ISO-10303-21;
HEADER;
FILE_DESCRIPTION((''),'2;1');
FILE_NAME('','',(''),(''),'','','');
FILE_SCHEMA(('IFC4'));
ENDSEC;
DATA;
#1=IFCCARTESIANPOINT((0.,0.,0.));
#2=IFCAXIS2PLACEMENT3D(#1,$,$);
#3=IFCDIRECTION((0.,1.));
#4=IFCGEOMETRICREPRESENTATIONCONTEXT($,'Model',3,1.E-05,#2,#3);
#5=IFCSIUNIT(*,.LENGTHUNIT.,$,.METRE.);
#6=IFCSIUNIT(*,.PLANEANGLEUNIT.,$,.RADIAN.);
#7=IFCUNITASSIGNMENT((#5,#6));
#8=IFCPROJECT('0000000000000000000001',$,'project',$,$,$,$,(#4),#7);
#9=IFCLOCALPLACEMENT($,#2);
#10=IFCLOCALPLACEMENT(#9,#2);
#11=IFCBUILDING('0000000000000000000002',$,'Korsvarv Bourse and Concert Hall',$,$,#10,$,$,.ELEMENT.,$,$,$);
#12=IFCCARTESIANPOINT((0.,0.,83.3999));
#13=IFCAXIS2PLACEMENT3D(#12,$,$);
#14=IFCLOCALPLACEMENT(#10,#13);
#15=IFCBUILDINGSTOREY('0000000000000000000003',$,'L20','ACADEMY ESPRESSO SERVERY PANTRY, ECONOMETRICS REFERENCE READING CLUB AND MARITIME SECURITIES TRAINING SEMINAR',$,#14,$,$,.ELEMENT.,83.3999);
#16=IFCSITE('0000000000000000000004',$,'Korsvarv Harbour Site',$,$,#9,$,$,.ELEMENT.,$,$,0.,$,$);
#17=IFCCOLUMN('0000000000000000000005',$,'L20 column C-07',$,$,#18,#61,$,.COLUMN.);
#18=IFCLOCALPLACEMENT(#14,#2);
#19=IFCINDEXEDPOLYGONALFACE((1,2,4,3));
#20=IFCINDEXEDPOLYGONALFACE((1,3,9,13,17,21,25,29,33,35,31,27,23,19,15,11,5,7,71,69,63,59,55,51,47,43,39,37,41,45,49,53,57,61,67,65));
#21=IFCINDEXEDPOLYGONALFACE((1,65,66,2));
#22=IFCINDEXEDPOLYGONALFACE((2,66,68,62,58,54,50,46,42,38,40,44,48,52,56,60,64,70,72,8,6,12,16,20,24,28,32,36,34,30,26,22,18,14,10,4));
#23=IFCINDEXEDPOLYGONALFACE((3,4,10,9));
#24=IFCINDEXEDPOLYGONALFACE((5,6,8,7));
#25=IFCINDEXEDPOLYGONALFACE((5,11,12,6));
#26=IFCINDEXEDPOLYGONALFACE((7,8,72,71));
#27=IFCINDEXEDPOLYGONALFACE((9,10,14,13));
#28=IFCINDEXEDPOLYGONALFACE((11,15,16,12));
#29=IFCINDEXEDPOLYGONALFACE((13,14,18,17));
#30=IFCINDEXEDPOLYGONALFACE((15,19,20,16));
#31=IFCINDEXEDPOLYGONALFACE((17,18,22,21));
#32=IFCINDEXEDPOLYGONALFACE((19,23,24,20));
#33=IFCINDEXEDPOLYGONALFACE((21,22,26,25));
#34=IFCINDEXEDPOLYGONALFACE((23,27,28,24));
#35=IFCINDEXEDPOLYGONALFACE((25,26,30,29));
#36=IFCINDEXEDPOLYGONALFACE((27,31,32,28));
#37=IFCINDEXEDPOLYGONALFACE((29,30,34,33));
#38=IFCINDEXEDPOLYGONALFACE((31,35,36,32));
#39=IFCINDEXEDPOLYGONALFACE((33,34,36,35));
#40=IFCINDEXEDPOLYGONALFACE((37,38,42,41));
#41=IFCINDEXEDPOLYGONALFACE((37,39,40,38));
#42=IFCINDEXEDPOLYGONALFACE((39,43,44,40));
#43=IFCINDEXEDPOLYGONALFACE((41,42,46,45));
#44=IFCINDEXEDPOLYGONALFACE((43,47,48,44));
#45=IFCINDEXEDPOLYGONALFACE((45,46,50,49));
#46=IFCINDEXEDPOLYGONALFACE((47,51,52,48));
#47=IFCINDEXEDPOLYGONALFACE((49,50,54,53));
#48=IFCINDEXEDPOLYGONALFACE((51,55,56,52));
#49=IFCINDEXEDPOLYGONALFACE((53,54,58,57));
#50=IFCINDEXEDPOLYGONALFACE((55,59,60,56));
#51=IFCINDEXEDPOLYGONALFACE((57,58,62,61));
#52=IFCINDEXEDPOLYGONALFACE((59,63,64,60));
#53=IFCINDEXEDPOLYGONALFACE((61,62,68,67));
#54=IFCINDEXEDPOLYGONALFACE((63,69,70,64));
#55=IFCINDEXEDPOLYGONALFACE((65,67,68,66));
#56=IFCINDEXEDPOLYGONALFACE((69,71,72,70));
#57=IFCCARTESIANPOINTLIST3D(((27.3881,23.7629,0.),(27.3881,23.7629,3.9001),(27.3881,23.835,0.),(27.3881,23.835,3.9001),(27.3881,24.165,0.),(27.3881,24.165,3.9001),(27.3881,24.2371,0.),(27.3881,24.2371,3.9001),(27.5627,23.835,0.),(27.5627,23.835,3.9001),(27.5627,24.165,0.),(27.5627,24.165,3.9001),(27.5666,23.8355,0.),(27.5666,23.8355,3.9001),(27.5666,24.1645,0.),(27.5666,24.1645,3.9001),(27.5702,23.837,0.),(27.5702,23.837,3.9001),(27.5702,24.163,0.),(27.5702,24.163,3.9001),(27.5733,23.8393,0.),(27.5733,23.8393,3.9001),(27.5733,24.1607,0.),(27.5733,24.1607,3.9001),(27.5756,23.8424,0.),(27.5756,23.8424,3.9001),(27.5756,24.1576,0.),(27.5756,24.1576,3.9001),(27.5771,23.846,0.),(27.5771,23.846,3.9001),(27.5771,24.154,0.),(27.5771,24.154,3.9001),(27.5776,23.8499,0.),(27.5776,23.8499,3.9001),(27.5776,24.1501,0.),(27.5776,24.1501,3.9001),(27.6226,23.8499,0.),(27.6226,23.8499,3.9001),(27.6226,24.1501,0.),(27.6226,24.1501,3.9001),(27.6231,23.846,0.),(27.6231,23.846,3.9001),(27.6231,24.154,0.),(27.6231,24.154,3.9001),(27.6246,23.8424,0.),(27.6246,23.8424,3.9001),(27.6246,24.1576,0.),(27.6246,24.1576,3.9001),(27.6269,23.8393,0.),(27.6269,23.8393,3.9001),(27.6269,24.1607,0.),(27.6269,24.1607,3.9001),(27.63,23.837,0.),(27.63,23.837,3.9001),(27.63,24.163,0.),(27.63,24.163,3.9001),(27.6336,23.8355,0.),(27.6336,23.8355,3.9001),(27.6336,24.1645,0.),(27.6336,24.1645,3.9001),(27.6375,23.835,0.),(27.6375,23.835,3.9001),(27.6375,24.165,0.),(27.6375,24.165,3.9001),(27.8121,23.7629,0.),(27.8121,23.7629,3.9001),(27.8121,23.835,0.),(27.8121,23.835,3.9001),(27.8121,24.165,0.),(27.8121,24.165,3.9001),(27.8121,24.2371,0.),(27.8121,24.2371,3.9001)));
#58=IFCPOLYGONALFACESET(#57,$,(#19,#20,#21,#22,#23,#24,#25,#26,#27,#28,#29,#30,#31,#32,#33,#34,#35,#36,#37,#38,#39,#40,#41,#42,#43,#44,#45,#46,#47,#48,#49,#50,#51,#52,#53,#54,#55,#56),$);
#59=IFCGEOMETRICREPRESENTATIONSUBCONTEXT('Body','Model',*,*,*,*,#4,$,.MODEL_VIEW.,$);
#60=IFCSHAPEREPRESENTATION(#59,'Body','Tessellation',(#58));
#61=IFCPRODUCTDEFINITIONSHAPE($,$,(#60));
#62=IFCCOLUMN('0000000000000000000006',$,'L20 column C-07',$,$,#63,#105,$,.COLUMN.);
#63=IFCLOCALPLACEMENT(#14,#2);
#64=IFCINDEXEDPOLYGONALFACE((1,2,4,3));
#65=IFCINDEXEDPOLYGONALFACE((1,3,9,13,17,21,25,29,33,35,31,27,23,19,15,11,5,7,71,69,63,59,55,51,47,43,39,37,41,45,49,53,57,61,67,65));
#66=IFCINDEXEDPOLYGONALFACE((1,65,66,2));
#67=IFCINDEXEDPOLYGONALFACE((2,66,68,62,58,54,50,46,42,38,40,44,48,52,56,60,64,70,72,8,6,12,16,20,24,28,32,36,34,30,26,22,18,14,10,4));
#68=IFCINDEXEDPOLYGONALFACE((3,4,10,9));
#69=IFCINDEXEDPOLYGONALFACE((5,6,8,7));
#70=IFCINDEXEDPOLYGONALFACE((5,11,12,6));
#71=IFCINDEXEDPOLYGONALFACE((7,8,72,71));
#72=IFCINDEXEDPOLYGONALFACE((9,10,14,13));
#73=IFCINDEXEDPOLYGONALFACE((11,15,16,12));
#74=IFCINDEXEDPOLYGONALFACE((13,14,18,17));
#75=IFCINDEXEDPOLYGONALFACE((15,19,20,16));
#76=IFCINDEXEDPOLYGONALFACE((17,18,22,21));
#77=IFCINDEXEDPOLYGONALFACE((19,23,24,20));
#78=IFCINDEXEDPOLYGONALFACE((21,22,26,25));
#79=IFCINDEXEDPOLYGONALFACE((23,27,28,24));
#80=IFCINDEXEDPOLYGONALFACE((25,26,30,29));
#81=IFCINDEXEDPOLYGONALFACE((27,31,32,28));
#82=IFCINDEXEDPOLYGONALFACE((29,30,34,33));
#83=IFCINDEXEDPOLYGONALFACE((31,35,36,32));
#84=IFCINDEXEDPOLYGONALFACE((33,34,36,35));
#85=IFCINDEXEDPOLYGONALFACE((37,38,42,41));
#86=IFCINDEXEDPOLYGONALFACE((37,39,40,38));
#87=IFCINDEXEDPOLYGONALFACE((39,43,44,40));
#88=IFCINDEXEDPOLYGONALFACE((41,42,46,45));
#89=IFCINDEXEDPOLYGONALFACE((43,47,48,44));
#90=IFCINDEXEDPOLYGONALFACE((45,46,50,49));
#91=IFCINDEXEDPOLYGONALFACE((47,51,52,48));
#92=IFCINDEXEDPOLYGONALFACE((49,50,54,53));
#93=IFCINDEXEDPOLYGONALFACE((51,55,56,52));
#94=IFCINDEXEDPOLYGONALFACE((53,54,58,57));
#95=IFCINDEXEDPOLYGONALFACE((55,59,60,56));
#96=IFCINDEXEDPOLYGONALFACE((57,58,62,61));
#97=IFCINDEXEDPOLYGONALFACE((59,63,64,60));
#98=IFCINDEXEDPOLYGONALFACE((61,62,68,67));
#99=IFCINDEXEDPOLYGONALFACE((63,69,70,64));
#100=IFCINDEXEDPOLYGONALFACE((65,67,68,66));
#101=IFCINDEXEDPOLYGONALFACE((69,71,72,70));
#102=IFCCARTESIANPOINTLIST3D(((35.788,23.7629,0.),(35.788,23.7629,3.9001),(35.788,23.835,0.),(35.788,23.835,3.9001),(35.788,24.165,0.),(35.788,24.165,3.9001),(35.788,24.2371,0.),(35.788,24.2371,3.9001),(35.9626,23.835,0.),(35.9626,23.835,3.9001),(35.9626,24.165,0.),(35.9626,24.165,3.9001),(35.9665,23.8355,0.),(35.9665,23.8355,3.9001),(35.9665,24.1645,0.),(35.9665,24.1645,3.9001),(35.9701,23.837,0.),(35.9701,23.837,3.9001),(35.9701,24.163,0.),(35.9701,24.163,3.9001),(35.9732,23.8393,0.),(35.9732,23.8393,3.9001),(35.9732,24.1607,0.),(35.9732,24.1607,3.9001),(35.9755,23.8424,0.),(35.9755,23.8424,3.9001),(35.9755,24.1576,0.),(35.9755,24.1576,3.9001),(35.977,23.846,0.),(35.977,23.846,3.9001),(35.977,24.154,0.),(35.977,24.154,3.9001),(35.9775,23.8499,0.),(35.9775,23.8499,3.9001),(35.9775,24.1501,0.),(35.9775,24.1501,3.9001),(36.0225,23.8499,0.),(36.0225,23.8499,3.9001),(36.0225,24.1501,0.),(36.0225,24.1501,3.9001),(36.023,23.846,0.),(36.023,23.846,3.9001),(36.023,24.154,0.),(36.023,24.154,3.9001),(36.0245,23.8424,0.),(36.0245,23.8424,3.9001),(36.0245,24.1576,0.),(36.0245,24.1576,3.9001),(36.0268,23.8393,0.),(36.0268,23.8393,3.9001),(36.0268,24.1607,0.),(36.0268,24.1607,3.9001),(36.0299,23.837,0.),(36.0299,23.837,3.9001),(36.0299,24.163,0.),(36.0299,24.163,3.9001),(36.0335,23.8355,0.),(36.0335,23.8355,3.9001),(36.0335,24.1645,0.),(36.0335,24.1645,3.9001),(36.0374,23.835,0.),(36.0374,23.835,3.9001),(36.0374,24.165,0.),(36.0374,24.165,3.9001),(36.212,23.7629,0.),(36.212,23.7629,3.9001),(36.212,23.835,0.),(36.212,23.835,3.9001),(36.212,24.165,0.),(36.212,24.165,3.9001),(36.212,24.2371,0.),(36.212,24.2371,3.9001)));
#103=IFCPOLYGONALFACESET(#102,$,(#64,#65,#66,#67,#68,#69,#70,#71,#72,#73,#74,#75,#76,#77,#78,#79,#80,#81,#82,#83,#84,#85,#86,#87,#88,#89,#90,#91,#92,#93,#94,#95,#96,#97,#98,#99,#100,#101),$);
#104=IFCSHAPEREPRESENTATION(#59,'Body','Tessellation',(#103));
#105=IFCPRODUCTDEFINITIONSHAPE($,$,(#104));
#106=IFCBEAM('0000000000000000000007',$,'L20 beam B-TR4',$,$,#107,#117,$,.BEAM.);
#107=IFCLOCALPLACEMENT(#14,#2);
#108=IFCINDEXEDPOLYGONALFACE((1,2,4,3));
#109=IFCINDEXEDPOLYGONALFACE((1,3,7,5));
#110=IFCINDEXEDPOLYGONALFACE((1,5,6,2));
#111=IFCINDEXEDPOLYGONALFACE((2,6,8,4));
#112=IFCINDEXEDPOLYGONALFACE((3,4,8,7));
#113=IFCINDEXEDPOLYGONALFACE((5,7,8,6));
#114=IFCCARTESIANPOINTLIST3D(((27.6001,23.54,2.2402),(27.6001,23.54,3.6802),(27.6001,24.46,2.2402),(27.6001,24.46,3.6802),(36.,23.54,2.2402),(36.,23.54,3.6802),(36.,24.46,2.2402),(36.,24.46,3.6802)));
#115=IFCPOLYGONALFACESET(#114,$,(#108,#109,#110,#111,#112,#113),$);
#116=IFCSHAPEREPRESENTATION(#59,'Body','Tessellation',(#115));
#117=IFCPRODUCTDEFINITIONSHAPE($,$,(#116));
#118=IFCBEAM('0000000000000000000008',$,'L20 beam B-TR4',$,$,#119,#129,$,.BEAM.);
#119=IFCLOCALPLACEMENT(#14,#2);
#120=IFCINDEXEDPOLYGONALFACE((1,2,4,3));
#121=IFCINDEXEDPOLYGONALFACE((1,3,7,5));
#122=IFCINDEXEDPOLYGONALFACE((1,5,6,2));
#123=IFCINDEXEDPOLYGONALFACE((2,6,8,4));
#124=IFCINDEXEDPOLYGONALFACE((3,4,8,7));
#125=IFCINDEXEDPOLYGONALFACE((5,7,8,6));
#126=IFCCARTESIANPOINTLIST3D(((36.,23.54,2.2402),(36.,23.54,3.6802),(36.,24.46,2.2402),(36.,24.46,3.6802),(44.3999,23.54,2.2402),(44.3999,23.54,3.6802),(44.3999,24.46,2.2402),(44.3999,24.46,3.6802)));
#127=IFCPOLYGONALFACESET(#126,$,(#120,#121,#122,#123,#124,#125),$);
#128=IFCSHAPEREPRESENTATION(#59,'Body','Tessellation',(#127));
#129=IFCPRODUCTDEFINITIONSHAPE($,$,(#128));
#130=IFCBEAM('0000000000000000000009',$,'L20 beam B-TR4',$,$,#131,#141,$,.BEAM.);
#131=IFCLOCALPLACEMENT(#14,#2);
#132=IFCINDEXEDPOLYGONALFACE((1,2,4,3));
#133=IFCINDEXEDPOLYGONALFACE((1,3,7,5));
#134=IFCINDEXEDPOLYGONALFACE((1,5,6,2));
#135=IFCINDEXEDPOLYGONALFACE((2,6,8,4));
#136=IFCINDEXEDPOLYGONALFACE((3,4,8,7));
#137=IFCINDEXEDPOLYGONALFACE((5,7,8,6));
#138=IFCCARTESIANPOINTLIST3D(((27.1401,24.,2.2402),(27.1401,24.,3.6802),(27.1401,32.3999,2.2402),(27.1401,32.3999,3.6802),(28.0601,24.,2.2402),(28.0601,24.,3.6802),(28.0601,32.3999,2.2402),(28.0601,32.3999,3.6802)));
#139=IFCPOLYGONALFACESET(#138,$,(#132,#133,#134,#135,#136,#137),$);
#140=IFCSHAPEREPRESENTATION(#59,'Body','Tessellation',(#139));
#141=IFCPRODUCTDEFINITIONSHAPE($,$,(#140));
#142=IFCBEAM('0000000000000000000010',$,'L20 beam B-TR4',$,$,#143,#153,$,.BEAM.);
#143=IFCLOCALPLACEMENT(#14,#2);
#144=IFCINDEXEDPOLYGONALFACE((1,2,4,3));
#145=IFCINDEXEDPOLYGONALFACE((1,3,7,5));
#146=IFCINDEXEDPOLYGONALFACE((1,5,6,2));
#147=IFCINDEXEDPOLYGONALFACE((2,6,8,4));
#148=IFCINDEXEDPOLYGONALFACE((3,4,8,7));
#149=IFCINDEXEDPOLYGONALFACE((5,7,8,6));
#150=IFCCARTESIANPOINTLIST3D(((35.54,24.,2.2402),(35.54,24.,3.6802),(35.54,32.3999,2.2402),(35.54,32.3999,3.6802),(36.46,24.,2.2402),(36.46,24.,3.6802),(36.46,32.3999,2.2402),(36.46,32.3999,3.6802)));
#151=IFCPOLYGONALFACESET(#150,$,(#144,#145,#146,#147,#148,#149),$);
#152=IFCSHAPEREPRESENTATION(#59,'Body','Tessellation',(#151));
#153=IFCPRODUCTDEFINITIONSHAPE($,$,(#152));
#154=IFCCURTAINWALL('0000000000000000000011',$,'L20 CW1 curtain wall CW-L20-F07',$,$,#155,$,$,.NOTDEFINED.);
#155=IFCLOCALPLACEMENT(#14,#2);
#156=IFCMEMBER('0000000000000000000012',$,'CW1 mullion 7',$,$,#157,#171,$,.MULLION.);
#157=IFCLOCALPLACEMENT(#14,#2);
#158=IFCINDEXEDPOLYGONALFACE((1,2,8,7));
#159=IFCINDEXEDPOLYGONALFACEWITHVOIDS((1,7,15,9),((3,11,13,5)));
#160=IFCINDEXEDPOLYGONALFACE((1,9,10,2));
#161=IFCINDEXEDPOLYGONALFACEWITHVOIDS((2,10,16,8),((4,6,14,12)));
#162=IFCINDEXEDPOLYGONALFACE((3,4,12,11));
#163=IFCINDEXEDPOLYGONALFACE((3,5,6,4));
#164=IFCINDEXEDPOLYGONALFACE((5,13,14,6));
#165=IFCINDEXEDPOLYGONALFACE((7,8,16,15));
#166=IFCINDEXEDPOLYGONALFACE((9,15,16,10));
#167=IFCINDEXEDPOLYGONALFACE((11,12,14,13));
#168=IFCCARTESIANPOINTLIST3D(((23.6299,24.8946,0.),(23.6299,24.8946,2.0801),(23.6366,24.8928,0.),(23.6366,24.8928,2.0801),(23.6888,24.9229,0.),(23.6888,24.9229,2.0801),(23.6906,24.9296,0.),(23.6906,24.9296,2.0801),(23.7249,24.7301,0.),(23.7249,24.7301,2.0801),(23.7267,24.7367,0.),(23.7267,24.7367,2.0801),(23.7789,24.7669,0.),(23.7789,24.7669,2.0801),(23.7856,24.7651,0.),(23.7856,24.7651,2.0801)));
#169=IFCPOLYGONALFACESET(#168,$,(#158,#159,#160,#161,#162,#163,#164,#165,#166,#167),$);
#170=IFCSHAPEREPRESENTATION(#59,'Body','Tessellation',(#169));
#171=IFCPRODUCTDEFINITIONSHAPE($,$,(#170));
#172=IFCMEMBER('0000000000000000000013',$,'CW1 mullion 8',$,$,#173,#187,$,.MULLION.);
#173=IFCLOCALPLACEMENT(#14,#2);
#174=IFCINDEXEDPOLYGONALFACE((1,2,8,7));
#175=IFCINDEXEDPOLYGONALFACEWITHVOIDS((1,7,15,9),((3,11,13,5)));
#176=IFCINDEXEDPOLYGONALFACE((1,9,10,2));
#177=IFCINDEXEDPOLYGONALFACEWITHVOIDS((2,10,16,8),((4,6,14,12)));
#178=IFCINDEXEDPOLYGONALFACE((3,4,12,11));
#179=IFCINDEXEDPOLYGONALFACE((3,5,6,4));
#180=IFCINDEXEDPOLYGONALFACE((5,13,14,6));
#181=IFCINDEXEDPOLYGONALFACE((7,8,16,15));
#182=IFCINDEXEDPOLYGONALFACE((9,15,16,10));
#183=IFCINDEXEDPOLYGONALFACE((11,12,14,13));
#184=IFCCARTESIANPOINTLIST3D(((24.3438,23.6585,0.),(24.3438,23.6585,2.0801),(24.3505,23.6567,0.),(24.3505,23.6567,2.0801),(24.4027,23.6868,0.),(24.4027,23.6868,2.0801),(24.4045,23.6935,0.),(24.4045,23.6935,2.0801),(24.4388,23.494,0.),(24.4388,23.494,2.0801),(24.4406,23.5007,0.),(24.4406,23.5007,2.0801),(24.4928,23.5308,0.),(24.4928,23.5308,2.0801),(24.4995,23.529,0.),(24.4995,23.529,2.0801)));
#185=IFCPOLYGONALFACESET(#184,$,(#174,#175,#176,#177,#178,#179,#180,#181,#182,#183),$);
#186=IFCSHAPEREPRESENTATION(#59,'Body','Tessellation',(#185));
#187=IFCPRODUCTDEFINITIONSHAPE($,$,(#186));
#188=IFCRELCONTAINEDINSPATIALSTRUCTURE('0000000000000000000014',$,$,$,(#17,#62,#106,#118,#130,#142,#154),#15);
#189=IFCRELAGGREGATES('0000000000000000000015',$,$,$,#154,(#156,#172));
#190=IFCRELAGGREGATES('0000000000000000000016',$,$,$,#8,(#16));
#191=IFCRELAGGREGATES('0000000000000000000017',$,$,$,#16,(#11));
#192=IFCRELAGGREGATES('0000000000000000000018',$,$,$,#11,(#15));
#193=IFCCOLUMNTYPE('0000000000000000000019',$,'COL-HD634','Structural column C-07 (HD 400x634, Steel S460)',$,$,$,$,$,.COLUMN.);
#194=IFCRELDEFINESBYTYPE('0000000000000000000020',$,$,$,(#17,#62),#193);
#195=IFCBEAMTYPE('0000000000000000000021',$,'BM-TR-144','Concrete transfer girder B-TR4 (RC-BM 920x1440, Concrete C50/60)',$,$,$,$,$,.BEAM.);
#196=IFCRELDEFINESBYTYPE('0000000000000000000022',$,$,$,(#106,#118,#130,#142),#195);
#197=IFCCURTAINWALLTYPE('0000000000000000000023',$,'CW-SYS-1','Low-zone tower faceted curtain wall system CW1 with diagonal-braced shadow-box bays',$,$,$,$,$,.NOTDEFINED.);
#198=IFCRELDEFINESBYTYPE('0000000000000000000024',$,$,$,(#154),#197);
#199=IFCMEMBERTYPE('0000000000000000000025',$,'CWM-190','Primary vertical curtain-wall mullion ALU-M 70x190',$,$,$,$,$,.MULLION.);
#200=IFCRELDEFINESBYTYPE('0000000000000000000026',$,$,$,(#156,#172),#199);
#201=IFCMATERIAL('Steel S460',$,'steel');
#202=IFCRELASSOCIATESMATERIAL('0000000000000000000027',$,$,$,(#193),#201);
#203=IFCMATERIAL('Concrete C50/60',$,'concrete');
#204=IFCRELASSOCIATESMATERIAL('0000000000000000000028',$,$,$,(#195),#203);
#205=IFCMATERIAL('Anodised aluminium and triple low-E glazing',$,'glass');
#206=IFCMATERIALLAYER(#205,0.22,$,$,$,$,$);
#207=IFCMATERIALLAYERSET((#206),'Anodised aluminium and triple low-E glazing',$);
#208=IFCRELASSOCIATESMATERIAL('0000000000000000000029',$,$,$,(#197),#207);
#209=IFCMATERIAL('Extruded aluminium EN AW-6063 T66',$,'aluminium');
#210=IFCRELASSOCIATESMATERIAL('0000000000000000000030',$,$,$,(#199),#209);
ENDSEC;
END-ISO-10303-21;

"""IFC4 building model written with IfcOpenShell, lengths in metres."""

from ifc_helpers import new_model, si_unit, direction, frame, origin, origin_2d, place, context, subcontext, project, spatial, rectangle, hollow_rectangle, i_section, extrude, source, transform, mapped, material, layer, layer_set, material_profile, profile_set, type_object, element, aggregate, save


model = new_model("IFC4")

# Units and contexts
model_context = context("Model", 3, precision=1e-05, world=origin(), true_north=direction((0.0, 1.0)))
body_context = subcontext(model_context, "Body", "Model", "MODEL_VIEW")
ifc_project = project(units=[si_unit("LENGTHUNIT", "METRE"), si_unit("PLANEANGLEUNIT", "RADIAN")], contexts=[model_context])

# Site, building, storey
site_placement = place(None, origin())
site = spatial("IfcSite", under=ifc_project, at=site_placement, Name="Korsvarv Harbour Site", CompositionType="ELEMENT", RefElevation=0.0)
building_placement = place(site_placement, origin())
building = spatial("IfcBuilding", under=site, at=building_placement, Name="Korsvarv Bourse and Concert Hall", CompositionType="ELEMENT")
storey_placement = place(building_placement, frame((0.0, 0.0, 83.3999)))
storey = spatial("IfcBuildingStorey", under=building, at=storey_placement, Name="L20", Description="ACADEMY ESPRESSO SERVERY PANTRY, ECONOMETRICS REFERENCE READING CLUB AND MARITIME SECURITIES TRAINING SEMINAR", CompositionType="ELEMENT", Elevation=83.3999)

# Columns
ifc_material_1 = material(Name="Steel S460", Category="steel")
ifc_material_profile_1 = material_profile(ifc_material_1, i_section(OverallWidth=0.4241, OverallDepth=0.4741, WebThickness=0.0449, FlangeThickness=0.072, FilletRadius=0.0149, at=origin_2d()), Name="HD 400x634")
ifc_profile_set_1 = profile_set([ifc_material_profile_1], Name="Steel S460")
column_type = type_object("IfcColumnType", Name="COL-HD634", Description="Structural column C-07 (HD 400x634, Steel S460)", PredefinedType="COLUMN", material=ifc_profile_set_1)
shared_shape_1 = source(origin(), body_context, "Body", "SweptSolid", [
    extrude(i_section(OverallWidth=0.4241, OverallDepth=0.4741, WebThickness=0.0449, FlangeThickness=0.072, FilletRadius=0.0149, at=origin_2d()), origin(), (0.0, 0.0, 1.0), 3.9001),
])
for number, where, z_axis, x_axis, name in (
    (1, (27.6001, 24.0, 0.0), (0.0, 0.0, 1.0), (1.0, 0.0, 0.0), "L20 column C-07"),
    (2, (36.0, 24.0, 0.0), (0.0, 0.0, 1.0), (1.0, 0.0, 0.0), "L20 column C-07"),
):
    element("IfcColumn", number, at=place(storey_placement, frame(where, z_axis=z_axis, x_axis=x_axis)), inside=storey, type_object=column_type, Name=name, PredefinedType="COLUMN", context=body_context, shape_type="MappedRepresentation", body=[
        mapped(shared_shape_1, transform((0.0, 0.0, 0.0), scale=1.0)),
    ])

# Beams
ifc_material_2 = material(Name="Concrete C50/60", Category="concrete")
ifc_material_profile_2 = material_profile(ifc_material_2, rectangle(XDim=0.9199, YDim=1.4399, at=origin_2d()), Name="RC-BM 920x1440")
ifc_profile_set_2 = profile_set([ifc_material_profile_2], Name="Concrete C50/60")
beam_type = type_object("IfcBeamType", Name="BM-TR-144", Description="Concrete transfer girder B-TR4 (RC-BM 920x1440, Concrete C50/60)", PredefinedType="BEAM", material=ifc_profile_set_2)
shared_shape_2 = source(origin(), body_context, "Body", "SweptSolid", [
    extrude(rectangle(XDim=0.9199, YDim=1.4399, at=origin_2d()), origin(), (0.0, 0.0, 1.0), 8.3999),
])
for number, where, z_axis, x_axis, name in (
    (3, (27.6001, 24.0, 2.9602), (1.0, 0.0, 0.0), (0.0, 1.0, 0.0), "L20 beam B-TR4"),
    (4, (36.0, 24.0, 2.9602), (1.0, 0.0, 0.0), (0.0, 1.0, 0.0), "L20 beam B-TR4"),
    (5, (27.6001, 24.0, 2.9602), (0.0, 1.0, 0.0), (-1.0, 0.0, 0.0), "L20 beam B-TR4"),
    (6, (36.0, 24.0, 2.9602), (0.0, 1.0, 0.0), (-1.0, 0.0, 0.0), "L20 beam B-TR4"),
):
    element("IfcBeam", number, at=place(storey_placement, frame(where, z_axis=z_axis, x_axis=x_axis)), inside=storey, type_object=beam_type, Name=name, PredefinedType="BEAM", context=body_context, shape_type="MappedRepresentation", body=[
        mapped(shared_shape_2, transform((0.0, 0.0, 0.0), scale=1.0)),
    ])

# Curtain wall, members
ifc_material_3 = material(Name="Anodised aluminium and triple low-E glazing", Category="glass")
ifc_layer_1 = layer(ifc_material_3, 0.22)
ifc_layer_set_1 = layer_set([ifc_layer_1], Name="Anodised aluminium and triple low-E glazing")
curtain_wall_type = type_object("IfcCurtainWallType", Name="CW-SYS-1", Description="Low-zone tower faceted curtain wall system CW1 with diagonal-braced shadow-box bays", PredefinedType="NOTDEFINED", material=ifc_layer_set_1)
curtain_wall_placement = place(storey_placement, origin())
curtain_wall = element("IfcCurtainWall", 7, at=curtain_wall_placement, inside=storey, type_object=curtain_wall_type, Name="L20 CW1 curtain wall CW-L20-F07", PredefinedType="NOTDEFINED")
ifc_material_4 = material(Name="Extruded aluminium EN AW-6063 T66", Category="aluminium")
ifc_material_profile_3 = material_profile(ifc_material_4, hollow_rectangle(XDim=0.0701, YDim=0.1899, WallThickness=0.0049, at=origin_2d()), Name="ALU-M 70x190")
ifc_profile_set_3 = profile_set([ifc_material_profile_3], Name="Extruded aluminium EN AW-6063 T66")
member_type_1 = type_object("IfcMemberType", Name="CWM-190", Description="Primary vertical curtain-wall mullion ALU-M 70x190", PredefinedType="MULLION", material=ifc_profile_set_3)
shared_shape_3 = source(origin(), body_context, "Body", "SweptSolid", [
    extrude(hollow_rectangle(XDim=0.0701, YDim=0.1899, WallThickness=0.0049, at=origin_2d()), origin(), (0.0, 0.0, 1.0), 2.0801),
])
member_1_placement = place(storey_placement, frame((23.7078, 24.8298, 0.0), z_axis=(0.0, 0.0, 1.0), x_axis=(0.866024, 0.500002, 0.0)))
member_1 = element("IfcMember", 8, at=member_1_placement, type_object=member_type_1, Name="CW1 mullion 7", PredefinedType="MULLION", context=body_context, shape_type="MappedRepresentation", body=[
    mapped(shared_shape_3, transform((0.0, 0.0, 0.0), scale=1.0)),
])
member_2_placement = place(storey_placement, frame((24.4216, 23.5938, 0.0), z_axis=(0.0, 0.0, 1.0), x_axis=(0.866024, 0.500002, 0.0)))
member_2 = element("IfcMember", 9, at=member_2_placement, type_object=member_type_1, Name="CW1 mullion 8", PredefinedType="MULLION", context=body_context, shape_type="MappedRepresentation", body=[
    mapped(shared_shape_3, transform((0.0, 0.0, 0.0), scale=1.0)),
])
aggregate(curtain_wall, [member_1, member_2])

save(model, "model.ifc")
